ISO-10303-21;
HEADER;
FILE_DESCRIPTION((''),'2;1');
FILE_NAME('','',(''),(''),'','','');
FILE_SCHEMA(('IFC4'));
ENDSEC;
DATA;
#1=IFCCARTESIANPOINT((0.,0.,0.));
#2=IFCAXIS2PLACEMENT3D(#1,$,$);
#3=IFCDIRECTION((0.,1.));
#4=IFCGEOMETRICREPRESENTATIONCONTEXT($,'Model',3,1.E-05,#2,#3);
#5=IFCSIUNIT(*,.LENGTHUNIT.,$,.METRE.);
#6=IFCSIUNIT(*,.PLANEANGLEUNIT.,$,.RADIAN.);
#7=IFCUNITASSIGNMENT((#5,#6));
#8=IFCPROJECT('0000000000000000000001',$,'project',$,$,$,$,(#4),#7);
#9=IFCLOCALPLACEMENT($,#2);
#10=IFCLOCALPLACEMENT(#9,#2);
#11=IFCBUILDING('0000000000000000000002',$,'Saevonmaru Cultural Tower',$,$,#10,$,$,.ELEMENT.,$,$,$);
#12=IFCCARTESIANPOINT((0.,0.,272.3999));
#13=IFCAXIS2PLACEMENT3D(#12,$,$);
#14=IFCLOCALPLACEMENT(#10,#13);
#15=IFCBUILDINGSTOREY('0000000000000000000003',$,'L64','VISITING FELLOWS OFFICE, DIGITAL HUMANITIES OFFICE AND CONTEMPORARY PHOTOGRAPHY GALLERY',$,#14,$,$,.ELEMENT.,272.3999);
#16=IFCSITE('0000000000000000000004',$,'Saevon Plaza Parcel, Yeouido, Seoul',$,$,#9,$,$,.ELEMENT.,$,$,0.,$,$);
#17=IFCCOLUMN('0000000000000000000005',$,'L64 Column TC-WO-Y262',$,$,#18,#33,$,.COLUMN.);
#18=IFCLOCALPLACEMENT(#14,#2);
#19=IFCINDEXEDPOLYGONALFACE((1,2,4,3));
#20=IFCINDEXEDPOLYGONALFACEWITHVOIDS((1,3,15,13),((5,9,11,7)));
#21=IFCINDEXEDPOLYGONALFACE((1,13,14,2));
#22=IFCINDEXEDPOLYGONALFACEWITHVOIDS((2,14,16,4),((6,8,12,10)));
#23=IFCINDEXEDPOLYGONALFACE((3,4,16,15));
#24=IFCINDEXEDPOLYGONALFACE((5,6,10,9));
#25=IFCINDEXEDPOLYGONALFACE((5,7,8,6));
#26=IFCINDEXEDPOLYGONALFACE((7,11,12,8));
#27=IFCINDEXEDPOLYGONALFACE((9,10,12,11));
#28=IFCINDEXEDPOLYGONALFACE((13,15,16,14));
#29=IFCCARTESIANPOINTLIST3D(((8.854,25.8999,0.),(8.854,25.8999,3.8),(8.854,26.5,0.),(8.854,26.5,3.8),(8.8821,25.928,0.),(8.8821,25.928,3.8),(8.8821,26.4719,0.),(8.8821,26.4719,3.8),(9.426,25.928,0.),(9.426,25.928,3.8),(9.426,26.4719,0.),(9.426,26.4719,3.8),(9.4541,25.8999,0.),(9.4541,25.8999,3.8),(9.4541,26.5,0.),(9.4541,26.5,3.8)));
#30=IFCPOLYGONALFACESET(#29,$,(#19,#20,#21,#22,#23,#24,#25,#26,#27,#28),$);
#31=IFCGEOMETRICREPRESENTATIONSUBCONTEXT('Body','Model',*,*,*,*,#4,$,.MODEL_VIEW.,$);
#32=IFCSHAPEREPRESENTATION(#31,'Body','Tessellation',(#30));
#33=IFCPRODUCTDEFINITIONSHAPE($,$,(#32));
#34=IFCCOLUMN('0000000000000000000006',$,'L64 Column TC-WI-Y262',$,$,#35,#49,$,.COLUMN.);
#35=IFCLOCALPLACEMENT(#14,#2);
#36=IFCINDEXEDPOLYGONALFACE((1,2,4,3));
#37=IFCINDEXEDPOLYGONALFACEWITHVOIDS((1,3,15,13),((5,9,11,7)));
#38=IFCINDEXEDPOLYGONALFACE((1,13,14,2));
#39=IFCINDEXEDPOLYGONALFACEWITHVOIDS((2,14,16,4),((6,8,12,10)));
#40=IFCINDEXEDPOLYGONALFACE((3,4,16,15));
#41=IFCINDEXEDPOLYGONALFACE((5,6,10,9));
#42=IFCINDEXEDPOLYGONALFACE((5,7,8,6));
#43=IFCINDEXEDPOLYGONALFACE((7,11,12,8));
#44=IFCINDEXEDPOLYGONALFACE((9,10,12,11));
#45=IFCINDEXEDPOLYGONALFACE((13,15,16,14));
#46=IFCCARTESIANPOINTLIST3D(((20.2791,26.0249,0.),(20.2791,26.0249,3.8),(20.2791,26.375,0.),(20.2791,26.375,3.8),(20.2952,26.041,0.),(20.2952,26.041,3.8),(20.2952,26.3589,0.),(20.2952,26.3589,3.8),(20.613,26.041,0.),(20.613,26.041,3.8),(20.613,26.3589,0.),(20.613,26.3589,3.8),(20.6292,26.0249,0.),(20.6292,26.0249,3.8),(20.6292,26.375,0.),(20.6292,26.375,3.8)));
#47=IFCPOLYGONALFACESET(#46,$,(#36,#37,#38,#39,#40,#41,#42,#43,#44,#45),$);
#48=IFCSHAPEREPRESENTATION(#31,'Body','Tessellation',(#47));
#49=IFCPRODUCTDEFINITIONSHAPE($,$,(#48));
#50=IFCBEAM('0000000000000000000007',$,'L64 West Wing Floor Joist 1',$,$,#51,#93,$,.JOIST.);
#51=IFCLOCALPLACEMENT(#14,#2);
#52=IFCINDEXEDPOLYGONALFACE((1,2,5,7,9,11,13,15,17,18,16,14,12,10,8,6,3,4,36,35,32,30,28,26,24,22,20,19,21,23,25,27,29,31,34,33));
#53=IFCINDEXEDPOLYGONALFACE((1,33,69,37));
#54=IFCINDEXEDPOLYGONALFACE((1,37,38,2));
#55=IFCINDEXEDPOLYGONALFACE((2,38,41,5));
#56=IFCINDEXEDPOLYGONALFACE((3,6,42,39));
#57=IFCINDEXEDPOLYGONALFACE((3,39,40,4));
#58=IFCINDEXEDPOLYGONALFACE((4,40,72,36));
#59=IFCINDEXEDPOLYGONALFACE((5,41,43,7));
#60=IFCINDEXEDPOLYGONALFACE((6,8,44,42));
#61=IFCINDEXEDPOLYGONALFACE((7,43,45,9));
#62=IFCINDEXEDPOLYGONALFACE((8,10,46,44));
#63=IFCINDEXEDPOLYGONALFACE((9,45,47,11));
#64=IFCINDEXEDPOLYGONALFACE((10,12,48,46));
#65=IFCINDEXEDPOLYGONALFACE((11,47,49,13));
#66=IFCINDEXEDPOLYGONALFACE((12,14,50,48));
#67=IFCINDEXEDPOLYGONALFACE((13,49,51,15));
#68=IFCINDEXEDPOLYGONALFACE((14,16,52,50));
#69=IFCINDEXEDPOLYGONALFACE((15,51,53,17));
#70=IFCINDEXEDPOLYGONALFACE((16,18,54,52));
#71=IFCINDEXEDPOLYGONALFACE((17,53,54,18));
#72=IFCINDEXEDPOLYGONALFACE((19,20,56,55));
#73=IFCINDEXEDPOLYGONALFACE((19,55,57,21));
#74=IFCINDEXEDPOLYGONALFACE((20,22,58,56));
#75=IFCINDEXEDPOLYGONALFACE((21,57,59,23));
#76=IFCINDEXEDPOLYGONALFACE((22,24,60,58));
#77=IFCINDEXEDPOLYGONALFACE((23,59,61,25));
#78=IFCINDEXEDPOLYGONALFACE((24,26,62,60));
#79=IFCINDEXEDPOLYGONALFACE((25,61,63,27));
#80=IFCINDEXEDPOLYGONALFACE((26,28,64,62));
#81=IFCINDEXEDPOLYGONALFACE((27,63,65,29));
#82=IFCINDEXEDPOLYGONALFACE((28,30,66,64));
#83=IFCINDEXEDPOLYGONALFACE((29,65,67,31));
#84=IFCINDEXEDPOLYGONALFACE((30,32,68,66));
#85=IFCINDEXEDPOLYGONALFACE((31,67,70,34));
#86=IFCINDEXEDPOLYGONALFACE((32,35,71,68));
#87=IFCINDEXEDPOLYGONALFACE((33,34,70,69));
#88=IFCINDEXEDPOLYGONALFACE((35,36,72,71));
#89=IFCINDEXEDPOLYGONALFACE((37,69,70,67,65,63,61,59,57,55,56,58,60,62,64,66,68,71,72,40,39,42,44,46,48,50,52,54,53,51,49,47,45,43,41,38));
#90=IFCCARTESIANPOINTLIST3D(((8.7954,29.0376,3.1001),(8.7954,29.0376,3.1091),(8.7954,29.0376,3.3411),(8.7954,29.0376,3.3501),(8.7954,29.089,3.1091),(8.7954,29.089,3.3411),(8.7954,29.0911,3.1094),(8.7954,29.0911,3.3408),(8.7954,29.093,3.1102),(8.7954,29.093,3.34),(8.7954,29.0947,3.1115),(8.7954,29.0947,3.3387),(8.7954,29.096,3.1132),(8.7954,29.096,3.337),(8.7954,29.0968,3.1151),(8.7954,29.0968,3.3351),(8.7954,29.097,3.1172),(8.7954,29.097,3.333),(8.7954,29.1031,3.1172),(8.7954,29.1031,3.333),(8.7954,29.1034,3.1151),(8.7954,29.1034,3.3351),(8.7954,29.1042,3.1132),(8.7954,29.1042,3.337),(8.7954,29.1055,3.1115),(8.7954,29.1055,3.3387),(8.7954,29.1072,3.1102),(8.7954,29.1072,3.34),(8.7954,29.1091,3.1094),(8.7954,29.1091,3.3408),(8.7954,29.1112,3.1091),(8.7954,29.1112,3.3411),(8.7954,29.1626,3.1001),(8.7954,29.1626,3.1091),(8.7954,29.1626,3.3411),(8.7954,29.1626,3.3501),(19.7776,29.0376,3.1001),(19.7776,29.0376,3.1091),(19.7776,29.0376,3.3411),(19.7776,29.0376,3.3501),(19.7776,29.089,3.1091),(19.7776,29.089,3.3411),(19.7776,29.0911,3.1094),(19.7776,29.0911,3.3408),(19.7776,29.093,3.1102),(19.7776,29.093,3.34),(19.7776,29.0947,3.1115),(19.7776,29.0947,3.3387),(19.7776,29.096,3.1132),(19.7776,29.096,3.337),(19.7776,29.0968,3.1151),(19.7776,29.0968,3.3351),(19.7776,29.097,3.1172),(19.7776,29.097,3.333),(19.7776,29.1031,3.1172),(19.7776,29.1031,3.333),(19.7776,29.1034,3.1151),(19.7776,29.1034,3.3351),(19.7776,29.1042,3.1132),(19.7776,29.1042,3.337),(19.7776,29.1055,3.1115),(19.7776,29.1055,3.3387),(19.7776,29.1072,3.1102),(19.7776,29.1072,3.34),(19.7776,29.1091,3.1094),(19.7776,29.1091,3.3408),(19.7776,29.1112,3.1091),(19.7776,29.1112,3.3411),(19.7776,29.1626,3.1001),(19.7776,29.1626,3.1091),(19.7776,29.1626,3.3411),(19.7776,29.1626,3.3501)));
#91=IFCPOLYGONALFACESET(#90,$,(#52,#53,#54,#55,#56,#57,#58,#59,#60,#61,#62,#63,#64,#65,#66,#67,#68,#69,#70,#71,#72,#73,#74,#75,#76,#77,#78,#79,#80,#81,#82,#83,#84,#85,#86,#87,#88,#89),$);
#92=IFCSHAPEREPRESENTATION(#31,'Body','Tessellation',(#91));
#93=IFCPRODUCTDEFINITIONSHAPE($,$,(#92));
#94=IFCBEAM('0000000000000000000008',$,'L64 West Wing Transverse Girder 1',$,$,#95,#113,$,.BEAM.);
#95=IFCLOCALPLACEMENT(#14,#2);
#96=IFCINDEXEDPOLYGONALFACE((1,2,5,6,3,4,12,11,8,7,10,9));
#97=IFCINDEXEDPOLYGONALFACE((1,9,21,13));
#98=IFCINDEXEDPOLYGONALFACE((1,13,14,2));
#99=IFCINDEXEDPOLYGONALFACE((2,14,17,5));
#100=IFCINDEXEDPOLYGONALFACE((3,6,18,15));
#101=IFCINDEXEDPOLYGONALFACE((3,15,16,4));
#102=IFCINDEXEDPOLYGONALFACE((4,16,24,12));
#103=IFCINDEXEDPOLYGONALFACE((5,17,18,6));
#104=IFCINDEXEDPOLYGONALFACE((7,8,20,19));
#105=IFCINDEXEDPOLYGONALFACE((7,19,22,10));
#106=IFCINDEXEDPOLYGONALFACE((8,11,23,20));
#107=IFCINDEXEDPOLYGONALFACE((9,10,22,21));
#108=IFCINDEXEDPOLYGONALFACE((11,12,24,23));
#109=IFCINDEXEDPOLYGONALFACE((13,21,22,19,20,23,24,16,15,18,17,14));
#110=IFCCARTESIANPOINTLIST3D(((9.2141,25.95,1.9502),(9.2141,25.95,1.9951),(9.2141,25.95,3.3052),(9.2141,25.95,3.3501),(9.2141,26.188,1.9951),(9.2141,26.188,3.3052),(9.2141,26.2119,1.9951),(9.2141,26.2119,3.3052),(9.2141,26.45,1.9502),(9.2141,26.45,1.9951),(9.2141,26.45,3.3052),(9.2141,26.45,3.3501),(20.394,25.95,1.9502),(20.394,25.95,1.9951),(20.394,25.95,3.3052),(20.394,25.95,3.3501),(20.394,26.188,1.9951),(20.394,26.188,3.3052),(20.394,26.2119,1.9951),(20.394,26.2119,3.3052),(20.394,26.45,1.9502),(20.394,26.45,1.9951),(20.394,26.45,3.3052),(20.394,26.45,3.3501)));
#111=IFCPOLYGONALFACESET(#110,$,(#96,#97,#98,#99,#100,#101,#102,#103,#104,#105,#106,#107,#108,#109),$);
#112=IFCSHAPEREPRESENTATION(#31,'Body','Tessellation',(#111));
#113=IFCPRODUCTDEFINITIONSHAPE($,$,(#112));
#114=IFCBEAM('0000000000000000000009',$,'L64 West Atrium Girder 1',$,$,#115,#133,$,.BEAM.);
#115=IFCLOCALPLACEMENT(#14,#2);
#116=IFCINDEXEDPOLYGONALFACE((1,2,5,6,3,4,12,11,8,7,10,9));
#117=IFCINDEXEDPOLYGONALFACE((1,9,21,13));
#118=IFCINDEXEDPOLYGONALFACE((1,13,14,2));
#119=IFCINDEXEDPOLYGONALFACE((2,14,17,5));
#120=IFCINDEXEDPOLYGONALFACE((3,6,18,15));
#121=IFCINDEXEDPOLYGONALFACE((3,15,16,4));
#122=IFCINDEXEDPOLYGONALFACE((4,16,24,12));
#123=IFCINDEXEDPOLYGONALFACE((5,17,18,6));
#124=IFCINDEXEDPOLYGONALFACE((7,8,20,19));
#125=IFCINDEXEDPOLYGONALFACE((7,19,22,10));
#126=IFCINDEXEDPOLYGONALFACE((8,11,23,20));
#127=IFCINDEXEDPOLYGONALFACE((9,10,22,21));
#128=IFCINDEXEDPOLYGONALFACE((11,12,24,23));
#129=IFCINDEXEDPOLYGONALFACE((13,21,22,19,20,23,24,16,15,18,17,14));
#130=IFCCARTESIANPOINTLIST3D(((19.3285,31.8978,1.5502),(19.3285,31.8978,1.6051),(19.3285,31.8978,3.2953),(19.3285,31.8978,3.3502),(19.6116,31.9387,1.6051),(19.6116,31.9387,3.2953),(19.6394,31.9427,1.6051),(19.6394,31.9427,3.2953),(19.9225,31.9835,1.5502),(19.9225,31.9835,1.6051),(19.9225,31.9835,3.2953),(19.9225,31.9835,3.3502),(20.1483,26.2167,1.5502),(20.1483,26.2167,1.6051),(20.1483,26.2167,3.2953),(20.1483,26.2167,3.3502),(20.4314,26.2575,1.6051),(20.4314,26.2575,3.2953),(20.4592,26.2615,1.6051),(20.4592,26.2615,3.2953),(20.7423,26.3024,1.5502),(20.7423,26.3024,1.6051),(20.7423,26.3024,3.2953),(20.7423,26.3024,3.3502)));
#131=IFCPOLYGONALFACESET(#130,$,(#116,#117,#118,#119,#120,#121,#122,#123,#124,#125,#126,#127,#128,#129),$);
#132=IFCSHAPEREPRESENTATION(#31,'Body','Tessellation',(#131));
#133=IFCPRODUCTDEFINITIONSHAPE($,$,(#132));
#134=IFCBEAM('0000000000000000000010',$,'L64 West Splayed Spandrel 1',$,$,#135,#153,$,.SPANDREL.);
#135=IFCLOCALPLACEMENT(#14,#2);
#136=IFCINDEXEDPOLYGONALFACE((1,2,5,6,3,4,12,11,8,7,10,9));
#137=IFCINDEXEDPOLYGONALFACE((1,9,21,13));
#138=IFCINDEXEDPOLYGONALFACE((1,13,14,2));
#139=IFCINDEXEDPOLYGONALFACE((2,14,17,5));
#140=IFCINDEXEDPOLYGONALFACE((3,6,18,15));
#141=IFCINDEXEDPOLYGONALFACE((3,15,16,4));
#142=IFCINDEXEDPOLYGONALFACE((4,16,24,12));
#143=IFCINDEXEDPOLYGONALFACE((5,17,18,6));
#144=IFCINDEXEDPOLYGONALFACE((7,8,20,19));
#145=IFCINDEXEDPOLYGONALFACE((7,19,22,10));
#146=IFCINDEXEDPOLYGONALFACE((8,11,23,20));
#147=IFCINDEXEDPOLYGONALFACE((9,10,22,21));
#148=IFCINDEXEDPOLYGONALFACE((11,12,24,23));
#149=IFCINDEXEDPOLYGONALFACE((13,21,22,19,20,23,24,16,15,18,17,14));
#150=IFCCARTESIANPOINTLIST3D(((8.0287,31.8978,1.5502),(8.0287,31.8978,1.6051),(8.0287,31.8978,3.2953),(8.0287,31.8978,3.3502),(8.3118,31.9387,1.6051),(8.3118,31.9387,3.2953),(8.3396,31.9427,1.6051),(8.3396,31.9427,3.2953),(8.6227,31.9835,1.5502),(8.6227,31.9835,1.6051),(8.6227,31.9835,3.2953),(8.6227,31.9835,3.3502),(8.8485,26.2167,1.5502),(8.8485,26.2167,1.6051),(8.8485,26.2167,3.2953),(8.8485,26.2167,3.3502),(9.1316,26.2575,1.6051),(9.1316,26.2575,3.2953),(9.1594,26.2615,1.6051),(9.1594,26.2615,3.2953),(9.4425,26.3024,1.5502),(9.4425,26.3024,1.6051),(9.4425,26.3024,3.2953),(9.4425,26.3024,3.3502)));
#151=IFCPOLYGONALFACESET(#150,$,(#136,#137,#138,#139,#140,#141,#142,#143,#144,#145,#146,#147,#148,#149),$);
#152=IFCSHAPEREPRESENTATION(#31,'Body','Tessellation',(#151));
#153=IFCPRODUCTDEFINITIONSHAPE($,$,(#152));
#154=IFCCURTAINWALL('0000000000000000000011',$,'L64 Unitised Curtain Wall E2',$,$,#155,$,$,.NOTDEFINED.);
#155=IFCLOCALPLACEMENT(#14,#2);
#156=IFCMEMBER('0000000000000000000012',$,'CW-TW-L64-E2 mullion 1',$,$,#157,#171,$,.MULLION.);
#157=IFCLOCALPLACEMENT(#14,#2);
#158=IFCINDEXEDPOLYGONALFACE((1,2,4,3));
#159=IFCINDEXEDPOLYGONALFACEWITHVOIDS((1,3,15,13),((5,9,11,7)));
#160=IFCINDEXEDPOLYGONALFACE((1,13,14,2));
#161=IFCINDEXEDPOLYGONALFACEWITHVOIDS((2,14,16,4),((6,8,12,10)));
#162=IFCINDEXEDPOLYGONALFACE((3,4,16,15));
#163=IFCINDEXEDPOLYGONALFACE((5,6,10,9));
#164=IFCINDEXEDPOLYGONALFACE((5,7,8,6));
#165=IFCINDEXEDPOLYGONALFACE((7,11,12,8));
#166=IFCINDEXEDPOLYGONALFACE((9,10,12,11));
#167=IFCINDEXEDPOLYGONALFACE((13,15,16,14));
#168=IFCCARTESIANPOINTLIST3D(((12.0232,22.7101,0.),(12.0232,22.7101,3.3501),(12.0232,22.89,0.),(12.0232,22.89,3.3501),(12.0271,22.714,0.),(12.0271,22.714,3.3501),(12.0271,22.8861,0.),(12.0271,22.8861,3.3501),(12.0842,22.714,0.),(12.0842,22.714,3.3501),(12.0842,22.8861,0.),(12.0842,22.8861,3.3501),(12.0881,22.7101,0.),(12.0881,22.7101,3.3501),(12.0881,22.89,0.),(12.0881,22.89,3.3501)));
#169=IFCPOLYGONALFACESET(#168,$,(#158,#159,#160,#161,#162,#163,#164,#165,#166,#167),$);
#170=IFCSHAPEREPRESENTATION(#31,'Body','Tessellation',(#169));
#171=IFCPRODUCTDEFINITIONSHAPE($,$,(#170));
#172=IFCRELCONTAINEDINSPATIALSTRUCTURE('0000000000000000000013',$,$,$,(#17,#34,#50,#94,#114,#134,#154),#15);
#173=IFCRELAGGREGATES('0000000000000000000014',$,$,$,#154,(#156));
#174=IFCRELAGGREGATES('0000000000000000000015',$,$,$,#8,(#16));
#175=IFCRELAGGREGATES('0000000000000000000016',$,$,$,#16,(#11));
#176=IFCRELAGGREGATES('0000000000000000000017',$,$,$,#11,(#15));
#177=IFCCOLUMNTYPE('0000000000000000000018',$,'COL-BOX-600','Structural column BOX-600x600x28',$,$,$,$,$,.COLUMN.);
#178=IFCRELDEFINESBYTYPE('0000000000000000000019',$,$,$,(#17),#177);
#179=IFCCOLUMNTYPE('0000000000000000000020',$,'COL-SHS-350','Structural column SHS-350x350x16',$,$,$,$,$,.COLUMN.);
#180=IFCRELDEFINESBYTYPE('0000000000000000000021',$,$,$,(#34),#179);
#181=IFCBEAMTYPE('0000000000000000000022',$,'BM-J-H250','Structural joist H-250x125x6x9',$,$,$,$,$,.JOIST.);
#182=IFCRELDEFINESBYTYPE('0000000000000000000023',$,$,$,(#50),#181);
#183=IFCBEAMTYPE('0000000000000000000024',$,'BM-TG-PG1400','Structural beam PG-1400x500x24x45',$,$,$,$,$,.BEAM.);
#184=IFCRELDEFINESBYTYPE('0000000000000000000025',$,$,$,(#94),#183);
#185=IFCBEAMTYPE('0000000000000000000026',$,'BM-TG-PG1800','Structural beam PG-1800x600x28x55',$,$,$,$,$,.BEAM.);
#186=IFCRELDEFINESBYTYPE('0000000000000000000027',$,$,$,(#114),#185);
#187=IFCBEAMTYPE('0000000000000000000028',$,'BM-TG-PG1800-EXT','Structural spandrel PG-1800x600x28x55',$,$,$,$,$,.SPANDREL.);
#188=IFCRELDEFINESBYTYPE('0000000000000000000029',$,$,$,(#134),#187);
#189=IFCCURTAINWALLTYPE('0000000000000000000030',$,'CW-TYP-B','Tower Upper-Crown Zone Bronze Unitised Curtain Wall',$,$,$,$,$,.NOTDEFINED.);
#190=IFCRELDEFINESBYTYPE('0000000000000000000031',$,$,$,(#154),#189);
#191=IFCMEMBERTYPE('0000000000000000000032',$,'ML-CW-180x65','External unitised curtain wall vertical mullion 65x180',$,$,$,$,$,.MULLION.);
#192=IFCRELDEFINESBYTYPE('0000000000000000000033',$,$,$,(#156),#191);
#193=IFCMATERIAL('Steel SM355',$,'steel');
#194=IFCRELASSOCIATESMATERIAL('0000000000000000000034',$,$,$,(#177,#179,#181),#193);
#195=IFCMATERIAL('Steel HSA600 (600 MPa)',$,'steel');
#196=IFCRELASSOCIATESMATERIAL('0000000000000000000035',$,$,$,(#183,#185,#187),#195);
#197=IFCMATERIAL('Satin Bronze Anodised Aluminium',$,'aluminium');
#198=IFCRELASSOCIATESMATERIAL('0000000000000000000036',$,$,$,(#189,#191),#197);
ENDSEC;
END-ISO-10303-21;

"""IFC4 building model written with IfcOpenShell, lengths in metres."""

from ifc_helpers import new_model, si_unit, direction, frame, origin, origin_2d, place, context, subcontext, project, spatial, hollow_rectangle, i_section, extrude, material, material_profile, profile_set, type_object, element, aggregate, save


model = new_model("IFC4")

# Units and contexts
model_context = context("Model", 3, precision=1e-05, world=origin(), true_north=direction((0.0, 1.0)))
body_context = subcontext(model_context, "Body", "Model", "MODEL_VIEW")
ifc_project = project(units=[si_unit("LENGTHUNIT", "METRE"), si_unit("PLANEANGLEUNIT", "RADIAN")], contexts=[model_context])

# Site, building, storey
site_placement = place(None, origin())
site = spatial("IfcSite", under=ifc_project, at=site_placement, Name="Saevon Plaza Parcel, Yeouido, Seoul", CompositionType="ELEMENT", RefElevation=0.0)
building_placement = place(site_placement, origin())
building = spatial("IfcBuilding", under=site, at=building_placement, Name="Saevonmaru Cultural Tower", CompositionType="ELEMENT")
storey_placement = place(building_placement, frame((0.0, 0.0, 272.3999)))
storey = spatial("IfcBuildingStorey", under=building, at=storey_placement, Name="L64", Description="VISITING FELLOWS OFFICE, DIGITAL HUMANITIES OFFICE AND CONTEMPORARY PHOTOGRAPHY GALLERY", CompositionType="ELEMENT", Elevation=272.3999)

# Columns
ifc_material_1 = material(Name="Steel SM355", Category="steel")
ifc_material_profile_1 = material_profile(ifc_material_1, hollow_rectangle(XDim=0.6001, YDim=0.6001, WallThickness=0.0281, at=origin_2d()), Name="BOX-600x600x28")
ifc_profile_set_1 = profile_set([ifc_material_profile_1], Name="Steel SM355")
column_type_1 = type_object("IfcColumnType", Name="COL-BOX-600", Description="Structural column BOX-600x600x28", PredefinedType="COLUMN", material=ifc_profile_set_1)
column_1_placement = place(storey_placement, frame((9.1541, 26.2, 0.0), z_axis=(0.0, 0.0, 1.0), x_axis=(1.0, 0.0, 0.0)))
element("IfcColumn", 1, at=column_1_placement, inside=storey, type_object=column_type_1, Name="L64 Column TC-WO-Y262", PredefinedType="COLUMN", context=body_context, shape_type="SweptSolid", body=[
    extrude(hollow_rectangle(XDim=0.6001, YDim=0.6001, WallThickness=0.0281, at=origin_2d()), origin(), (0.0, 0.0, 1.0), 3.8),
])
ifc_material_profile_2 = material_profile(ifc_material_1, hollow_rectangle(XDim=0.3501, YDim=0.3501, WallThickness=0.0161, at=origin_2d()), Name="SHS-350x350x16")
ifc_profile_set_2 = profile_set([ifc_material_profile_2], Name="Steel SM355")
column_type_2 = type_object("IfcColumnType", Name="COL-SHS-350", Description="Structural column SHS-350x350x16", PredefinedType="COLUMN", material=ifc_profile_set_2)
column_2_placement = place(storey_placement, frame((20.4541, 26.2, 0.0), z_axis=(0.0, 0.0, 1.0), x_axis=(1.0, 0.0, 0.0)))
element("IfcColumn", 2, at=column_2_placement, inside=storey, type_object=column_type_2, Name="L64 Column TC-WI-Y262", PredefinedType="COLUMN", context=body_context, shape_type="SweptSolid", body=[
    extrude(hollow_rectangle(XDim=0.3501, YDim=0.3501, WallThickness=0.0161, at=origin_2d()), origin(), (0.0, 0.0, 1.0), 3.8),
])

# Beams
ifc_material_profile_3 = material_profile(ifc_material_1, i_section(OverallWidth=0.125, OverallDepth=0.25, WebThickness=0.0061, FlangeThickness=0.009, FilletRadius=0.0081, at=origin_2d()), Name="H-250x125x6x9")
ifc_profile_set_3 = profile_set([ifc_material_profile_3], Name="Steel SM355")
beam_type_1 = type_object("IfcBeamType", Name="BM-J-H250", Description="Structural joist H-250x125x6x9", PredefinedType="JOIST", material=ifc_profile_set_3)
beam_1_placement = place(storey_placement, frame((8.7954, 29.1001, 3.2251), z_axis=(1.0, 0.0, 0.0), x_axis=(0.0, 1.0, 0.0)))
element("IfcBeam", 3, at=beam_1_placement, inside=storey, type_object=beam_type_1, Name="L64 West Wing Floor Joist 1", PredefinedType="JOIST", context=body_context, shape_type="SweptSolid", body=[
    extrude(i_section(OverallWidth=0.125, OverallDepth=0.25, WebThickness=0.0061, FlangeThickness=0.009, FilletRadius=0.0081, at=origin_2d()), origin(), (0.0, 0.0, 1.0), 10.9822),
])
ifc_material_2 = material(Name="Steel HSA600 (600 MPa)", Category="steel")
ifc_material_profile_4 = material_profile(ifc_material_2, i_section(OverallWidth=0.5, OverallDepth=1.3999, WebThickness=0.0239, FlangeThickness=0.0449, at=origin_2d()), Name="PG-1400x500x24x45")
ifc_profile_set_4 = profile_set([ifc_material_profile_4], Name="Steel HSA600 (600 MPa)")
beam_type_2 = type_object("IfcBeamType", Name="BM-TG-PG1400", Description="Structural beam PG-1400x500x24x45", PredefinedType="BEAM", material=ifc_profile_set_4)
beam_2_placement = place(storey_placement, frame((9.2141, 26.2, 2.6501), z_axis=(1.0, 0.0, 0.0), x_axis=(0.0, 1.0, 0.0)))
element("IfcBeam", 4, at=beam_2_placement, inside=storey, type_object=beam_type_2, Name="L64 West Wing Transverse Girder 1", PredefinedType="BEAM", context=body_context, shape_type="SweptSolid", body=[
    extrude(i_section(OverallWidth=0.5, OverallDepth=1.3999, WebThickness=0.0239, FlangeThickness=0.0449, at=origin_2d()), origin(), (0.0, 0.0, 1.0), 11.1799),
])
ifc_material_profile_5 = material_profile(ifc_material_2, i_section(OverallWidth=0.6001, OverallDepth=1.8, WebThickness=0.0281, FlangeThickness=0.0549, at=origin_2d()), Name="PG-1800x600x28x55")
ifc_profile_set_5 = profile_set([ifc_material_profile_5], Name="Steel HSA600 (600 MPa)")
beam_type_3 = type_object("IfcBeamType", Name="BM-TG-PG1800", Description="Structural beam PG-1800x600x28x55", PredefinedType="BEAM", material=ifc_profile_set_5)
beam_3_placement = place(storey_placement, frame((20.4453, 26.2595, 2.4502), z_axis=(-0.142827, 0.989748, 0.0), x_axis=(-0.989748, -0.142827, 0.0)))
element("IfcBeam", 5, at=beam_3_placement, inside=storey, type_object=beam_type_3, Name="L64 West Atrium Girder 1", PredefinedType="BEAM", context=body_context, shape_type="SweptSolid", body=[
    extrude(i_section(OverallWidth=0.6001, OverallDepth=1.8, WebThickness=0.0281, FlangeThickness=0.0549, at=origin_2d()), origin(), (0.0, 0.0, 1.0), 5.74),
])
ifc_material_profile_6 = material_profile(ifc_material_2, i_section(OverallWidth=0.6001, OverallDepth=1.8, WebThickness=0.0281, FlangeThickness=0.0549, at=origin_2d()), Name="PG-1800x600x28x55")
ifc_profile_set_6 = profile_set([ifc_material_profile_6], Name="Steel HSA600 (600 MPa)")
beam_type_4 = type_object("IfcBeamType", Name="BM-TG-PG1800-EXT", Description="Structural spandrel PG-1800x600x28x55", PredefinedType="SPANDREL", material=ifc_profile_set_6)
beam_4_placement = place(storey_placement, frame((9.1455, 26.2595, 2.4502), z_axis=(-0.142827, 0.989748, 0.0), x_axis=(-0.989748, -0.142827, 0.0)))
element("IfcBeam", 6, at=beam_4_placement, inside=storey, type_object=beam_type_4, Name="L64 West Splayed Spandrel 1", PredefinedType="SPANDREL", context=body_context, shape_type="SweptSolid", body=[
    extrude(i_section(OverallWidth=0.6001, OverallDepth=1.8, WebThickness=0.0281, FlangeThickness=0.0549, at=origin_2d()), origin(), (0.0, 0.0, 1.0), 5.74),
])

# Curtain wall, member
ifc_material_3 = material(Name="Satin Bronze Anodised Aluminium", Category="aluminium")
curtain_wall_type = type_object("IfcCurtainWallType", Name="CW-TYP-B", Description="Tower Upper-Crown Zone Bronze Unitised Curtain Wall", PredefinedType="NOTDEFINED", material=ifc_material_3)
curtain_wall_1_placement = place(storey_placement, origin())
curtain_wall_1 = element("IfcCurtainWall", 7, at=curtain_wall_1_placement, inside=storey, type_object=curtain_wall_type, Name="L64 Unitised Curtain Wall E2", PredefinedType="NOTDEFINED")
ifc_material_profile_7 = material_profile(ifc_material_3, hollow_rectangle(XDim=0.0649, YDim=0.1799, WallThickness=0.0039, at=origin_2d()), Name="ALU-MULL-180x65x4")
ifc_profile_set_7 = profile_set([ifc_material_profile_7], Name="Satin Bronze Anodised Aluminium")
member_type_1 = type_object("IfcMemberType", Name="ML-CW-180x65", Description="External unitised curtain wall vertical mullion 65x180", PredefinedType="MULLION", material=ifc_profile_set_7)
member_1_placement = place(storey_placement, frame((12.0557, 22.8, 0.0), z_axis=(0.0, 0.0, 1.0), x_axis=(1.0, 0.0, 0.0)))
member_1 = element("IfcMember", 8, at=member_1_placement, type_object=member_type_1, Name="CW-TW-L64-E2 mullion 1", PredefinedType="MULLION", context=body_context, shape_type="SweptSolid", body=[
    extrude(hollow_rectangle(XDim=0.0649, YDim=0.1799, WallThickness=0.0039, at=origin_2d()), origin(), (0.0, 0.0, 1.0), 3.3501),
])

aggregate(curtain_wall_1, [member_1])

save(model, "model.ifc")
